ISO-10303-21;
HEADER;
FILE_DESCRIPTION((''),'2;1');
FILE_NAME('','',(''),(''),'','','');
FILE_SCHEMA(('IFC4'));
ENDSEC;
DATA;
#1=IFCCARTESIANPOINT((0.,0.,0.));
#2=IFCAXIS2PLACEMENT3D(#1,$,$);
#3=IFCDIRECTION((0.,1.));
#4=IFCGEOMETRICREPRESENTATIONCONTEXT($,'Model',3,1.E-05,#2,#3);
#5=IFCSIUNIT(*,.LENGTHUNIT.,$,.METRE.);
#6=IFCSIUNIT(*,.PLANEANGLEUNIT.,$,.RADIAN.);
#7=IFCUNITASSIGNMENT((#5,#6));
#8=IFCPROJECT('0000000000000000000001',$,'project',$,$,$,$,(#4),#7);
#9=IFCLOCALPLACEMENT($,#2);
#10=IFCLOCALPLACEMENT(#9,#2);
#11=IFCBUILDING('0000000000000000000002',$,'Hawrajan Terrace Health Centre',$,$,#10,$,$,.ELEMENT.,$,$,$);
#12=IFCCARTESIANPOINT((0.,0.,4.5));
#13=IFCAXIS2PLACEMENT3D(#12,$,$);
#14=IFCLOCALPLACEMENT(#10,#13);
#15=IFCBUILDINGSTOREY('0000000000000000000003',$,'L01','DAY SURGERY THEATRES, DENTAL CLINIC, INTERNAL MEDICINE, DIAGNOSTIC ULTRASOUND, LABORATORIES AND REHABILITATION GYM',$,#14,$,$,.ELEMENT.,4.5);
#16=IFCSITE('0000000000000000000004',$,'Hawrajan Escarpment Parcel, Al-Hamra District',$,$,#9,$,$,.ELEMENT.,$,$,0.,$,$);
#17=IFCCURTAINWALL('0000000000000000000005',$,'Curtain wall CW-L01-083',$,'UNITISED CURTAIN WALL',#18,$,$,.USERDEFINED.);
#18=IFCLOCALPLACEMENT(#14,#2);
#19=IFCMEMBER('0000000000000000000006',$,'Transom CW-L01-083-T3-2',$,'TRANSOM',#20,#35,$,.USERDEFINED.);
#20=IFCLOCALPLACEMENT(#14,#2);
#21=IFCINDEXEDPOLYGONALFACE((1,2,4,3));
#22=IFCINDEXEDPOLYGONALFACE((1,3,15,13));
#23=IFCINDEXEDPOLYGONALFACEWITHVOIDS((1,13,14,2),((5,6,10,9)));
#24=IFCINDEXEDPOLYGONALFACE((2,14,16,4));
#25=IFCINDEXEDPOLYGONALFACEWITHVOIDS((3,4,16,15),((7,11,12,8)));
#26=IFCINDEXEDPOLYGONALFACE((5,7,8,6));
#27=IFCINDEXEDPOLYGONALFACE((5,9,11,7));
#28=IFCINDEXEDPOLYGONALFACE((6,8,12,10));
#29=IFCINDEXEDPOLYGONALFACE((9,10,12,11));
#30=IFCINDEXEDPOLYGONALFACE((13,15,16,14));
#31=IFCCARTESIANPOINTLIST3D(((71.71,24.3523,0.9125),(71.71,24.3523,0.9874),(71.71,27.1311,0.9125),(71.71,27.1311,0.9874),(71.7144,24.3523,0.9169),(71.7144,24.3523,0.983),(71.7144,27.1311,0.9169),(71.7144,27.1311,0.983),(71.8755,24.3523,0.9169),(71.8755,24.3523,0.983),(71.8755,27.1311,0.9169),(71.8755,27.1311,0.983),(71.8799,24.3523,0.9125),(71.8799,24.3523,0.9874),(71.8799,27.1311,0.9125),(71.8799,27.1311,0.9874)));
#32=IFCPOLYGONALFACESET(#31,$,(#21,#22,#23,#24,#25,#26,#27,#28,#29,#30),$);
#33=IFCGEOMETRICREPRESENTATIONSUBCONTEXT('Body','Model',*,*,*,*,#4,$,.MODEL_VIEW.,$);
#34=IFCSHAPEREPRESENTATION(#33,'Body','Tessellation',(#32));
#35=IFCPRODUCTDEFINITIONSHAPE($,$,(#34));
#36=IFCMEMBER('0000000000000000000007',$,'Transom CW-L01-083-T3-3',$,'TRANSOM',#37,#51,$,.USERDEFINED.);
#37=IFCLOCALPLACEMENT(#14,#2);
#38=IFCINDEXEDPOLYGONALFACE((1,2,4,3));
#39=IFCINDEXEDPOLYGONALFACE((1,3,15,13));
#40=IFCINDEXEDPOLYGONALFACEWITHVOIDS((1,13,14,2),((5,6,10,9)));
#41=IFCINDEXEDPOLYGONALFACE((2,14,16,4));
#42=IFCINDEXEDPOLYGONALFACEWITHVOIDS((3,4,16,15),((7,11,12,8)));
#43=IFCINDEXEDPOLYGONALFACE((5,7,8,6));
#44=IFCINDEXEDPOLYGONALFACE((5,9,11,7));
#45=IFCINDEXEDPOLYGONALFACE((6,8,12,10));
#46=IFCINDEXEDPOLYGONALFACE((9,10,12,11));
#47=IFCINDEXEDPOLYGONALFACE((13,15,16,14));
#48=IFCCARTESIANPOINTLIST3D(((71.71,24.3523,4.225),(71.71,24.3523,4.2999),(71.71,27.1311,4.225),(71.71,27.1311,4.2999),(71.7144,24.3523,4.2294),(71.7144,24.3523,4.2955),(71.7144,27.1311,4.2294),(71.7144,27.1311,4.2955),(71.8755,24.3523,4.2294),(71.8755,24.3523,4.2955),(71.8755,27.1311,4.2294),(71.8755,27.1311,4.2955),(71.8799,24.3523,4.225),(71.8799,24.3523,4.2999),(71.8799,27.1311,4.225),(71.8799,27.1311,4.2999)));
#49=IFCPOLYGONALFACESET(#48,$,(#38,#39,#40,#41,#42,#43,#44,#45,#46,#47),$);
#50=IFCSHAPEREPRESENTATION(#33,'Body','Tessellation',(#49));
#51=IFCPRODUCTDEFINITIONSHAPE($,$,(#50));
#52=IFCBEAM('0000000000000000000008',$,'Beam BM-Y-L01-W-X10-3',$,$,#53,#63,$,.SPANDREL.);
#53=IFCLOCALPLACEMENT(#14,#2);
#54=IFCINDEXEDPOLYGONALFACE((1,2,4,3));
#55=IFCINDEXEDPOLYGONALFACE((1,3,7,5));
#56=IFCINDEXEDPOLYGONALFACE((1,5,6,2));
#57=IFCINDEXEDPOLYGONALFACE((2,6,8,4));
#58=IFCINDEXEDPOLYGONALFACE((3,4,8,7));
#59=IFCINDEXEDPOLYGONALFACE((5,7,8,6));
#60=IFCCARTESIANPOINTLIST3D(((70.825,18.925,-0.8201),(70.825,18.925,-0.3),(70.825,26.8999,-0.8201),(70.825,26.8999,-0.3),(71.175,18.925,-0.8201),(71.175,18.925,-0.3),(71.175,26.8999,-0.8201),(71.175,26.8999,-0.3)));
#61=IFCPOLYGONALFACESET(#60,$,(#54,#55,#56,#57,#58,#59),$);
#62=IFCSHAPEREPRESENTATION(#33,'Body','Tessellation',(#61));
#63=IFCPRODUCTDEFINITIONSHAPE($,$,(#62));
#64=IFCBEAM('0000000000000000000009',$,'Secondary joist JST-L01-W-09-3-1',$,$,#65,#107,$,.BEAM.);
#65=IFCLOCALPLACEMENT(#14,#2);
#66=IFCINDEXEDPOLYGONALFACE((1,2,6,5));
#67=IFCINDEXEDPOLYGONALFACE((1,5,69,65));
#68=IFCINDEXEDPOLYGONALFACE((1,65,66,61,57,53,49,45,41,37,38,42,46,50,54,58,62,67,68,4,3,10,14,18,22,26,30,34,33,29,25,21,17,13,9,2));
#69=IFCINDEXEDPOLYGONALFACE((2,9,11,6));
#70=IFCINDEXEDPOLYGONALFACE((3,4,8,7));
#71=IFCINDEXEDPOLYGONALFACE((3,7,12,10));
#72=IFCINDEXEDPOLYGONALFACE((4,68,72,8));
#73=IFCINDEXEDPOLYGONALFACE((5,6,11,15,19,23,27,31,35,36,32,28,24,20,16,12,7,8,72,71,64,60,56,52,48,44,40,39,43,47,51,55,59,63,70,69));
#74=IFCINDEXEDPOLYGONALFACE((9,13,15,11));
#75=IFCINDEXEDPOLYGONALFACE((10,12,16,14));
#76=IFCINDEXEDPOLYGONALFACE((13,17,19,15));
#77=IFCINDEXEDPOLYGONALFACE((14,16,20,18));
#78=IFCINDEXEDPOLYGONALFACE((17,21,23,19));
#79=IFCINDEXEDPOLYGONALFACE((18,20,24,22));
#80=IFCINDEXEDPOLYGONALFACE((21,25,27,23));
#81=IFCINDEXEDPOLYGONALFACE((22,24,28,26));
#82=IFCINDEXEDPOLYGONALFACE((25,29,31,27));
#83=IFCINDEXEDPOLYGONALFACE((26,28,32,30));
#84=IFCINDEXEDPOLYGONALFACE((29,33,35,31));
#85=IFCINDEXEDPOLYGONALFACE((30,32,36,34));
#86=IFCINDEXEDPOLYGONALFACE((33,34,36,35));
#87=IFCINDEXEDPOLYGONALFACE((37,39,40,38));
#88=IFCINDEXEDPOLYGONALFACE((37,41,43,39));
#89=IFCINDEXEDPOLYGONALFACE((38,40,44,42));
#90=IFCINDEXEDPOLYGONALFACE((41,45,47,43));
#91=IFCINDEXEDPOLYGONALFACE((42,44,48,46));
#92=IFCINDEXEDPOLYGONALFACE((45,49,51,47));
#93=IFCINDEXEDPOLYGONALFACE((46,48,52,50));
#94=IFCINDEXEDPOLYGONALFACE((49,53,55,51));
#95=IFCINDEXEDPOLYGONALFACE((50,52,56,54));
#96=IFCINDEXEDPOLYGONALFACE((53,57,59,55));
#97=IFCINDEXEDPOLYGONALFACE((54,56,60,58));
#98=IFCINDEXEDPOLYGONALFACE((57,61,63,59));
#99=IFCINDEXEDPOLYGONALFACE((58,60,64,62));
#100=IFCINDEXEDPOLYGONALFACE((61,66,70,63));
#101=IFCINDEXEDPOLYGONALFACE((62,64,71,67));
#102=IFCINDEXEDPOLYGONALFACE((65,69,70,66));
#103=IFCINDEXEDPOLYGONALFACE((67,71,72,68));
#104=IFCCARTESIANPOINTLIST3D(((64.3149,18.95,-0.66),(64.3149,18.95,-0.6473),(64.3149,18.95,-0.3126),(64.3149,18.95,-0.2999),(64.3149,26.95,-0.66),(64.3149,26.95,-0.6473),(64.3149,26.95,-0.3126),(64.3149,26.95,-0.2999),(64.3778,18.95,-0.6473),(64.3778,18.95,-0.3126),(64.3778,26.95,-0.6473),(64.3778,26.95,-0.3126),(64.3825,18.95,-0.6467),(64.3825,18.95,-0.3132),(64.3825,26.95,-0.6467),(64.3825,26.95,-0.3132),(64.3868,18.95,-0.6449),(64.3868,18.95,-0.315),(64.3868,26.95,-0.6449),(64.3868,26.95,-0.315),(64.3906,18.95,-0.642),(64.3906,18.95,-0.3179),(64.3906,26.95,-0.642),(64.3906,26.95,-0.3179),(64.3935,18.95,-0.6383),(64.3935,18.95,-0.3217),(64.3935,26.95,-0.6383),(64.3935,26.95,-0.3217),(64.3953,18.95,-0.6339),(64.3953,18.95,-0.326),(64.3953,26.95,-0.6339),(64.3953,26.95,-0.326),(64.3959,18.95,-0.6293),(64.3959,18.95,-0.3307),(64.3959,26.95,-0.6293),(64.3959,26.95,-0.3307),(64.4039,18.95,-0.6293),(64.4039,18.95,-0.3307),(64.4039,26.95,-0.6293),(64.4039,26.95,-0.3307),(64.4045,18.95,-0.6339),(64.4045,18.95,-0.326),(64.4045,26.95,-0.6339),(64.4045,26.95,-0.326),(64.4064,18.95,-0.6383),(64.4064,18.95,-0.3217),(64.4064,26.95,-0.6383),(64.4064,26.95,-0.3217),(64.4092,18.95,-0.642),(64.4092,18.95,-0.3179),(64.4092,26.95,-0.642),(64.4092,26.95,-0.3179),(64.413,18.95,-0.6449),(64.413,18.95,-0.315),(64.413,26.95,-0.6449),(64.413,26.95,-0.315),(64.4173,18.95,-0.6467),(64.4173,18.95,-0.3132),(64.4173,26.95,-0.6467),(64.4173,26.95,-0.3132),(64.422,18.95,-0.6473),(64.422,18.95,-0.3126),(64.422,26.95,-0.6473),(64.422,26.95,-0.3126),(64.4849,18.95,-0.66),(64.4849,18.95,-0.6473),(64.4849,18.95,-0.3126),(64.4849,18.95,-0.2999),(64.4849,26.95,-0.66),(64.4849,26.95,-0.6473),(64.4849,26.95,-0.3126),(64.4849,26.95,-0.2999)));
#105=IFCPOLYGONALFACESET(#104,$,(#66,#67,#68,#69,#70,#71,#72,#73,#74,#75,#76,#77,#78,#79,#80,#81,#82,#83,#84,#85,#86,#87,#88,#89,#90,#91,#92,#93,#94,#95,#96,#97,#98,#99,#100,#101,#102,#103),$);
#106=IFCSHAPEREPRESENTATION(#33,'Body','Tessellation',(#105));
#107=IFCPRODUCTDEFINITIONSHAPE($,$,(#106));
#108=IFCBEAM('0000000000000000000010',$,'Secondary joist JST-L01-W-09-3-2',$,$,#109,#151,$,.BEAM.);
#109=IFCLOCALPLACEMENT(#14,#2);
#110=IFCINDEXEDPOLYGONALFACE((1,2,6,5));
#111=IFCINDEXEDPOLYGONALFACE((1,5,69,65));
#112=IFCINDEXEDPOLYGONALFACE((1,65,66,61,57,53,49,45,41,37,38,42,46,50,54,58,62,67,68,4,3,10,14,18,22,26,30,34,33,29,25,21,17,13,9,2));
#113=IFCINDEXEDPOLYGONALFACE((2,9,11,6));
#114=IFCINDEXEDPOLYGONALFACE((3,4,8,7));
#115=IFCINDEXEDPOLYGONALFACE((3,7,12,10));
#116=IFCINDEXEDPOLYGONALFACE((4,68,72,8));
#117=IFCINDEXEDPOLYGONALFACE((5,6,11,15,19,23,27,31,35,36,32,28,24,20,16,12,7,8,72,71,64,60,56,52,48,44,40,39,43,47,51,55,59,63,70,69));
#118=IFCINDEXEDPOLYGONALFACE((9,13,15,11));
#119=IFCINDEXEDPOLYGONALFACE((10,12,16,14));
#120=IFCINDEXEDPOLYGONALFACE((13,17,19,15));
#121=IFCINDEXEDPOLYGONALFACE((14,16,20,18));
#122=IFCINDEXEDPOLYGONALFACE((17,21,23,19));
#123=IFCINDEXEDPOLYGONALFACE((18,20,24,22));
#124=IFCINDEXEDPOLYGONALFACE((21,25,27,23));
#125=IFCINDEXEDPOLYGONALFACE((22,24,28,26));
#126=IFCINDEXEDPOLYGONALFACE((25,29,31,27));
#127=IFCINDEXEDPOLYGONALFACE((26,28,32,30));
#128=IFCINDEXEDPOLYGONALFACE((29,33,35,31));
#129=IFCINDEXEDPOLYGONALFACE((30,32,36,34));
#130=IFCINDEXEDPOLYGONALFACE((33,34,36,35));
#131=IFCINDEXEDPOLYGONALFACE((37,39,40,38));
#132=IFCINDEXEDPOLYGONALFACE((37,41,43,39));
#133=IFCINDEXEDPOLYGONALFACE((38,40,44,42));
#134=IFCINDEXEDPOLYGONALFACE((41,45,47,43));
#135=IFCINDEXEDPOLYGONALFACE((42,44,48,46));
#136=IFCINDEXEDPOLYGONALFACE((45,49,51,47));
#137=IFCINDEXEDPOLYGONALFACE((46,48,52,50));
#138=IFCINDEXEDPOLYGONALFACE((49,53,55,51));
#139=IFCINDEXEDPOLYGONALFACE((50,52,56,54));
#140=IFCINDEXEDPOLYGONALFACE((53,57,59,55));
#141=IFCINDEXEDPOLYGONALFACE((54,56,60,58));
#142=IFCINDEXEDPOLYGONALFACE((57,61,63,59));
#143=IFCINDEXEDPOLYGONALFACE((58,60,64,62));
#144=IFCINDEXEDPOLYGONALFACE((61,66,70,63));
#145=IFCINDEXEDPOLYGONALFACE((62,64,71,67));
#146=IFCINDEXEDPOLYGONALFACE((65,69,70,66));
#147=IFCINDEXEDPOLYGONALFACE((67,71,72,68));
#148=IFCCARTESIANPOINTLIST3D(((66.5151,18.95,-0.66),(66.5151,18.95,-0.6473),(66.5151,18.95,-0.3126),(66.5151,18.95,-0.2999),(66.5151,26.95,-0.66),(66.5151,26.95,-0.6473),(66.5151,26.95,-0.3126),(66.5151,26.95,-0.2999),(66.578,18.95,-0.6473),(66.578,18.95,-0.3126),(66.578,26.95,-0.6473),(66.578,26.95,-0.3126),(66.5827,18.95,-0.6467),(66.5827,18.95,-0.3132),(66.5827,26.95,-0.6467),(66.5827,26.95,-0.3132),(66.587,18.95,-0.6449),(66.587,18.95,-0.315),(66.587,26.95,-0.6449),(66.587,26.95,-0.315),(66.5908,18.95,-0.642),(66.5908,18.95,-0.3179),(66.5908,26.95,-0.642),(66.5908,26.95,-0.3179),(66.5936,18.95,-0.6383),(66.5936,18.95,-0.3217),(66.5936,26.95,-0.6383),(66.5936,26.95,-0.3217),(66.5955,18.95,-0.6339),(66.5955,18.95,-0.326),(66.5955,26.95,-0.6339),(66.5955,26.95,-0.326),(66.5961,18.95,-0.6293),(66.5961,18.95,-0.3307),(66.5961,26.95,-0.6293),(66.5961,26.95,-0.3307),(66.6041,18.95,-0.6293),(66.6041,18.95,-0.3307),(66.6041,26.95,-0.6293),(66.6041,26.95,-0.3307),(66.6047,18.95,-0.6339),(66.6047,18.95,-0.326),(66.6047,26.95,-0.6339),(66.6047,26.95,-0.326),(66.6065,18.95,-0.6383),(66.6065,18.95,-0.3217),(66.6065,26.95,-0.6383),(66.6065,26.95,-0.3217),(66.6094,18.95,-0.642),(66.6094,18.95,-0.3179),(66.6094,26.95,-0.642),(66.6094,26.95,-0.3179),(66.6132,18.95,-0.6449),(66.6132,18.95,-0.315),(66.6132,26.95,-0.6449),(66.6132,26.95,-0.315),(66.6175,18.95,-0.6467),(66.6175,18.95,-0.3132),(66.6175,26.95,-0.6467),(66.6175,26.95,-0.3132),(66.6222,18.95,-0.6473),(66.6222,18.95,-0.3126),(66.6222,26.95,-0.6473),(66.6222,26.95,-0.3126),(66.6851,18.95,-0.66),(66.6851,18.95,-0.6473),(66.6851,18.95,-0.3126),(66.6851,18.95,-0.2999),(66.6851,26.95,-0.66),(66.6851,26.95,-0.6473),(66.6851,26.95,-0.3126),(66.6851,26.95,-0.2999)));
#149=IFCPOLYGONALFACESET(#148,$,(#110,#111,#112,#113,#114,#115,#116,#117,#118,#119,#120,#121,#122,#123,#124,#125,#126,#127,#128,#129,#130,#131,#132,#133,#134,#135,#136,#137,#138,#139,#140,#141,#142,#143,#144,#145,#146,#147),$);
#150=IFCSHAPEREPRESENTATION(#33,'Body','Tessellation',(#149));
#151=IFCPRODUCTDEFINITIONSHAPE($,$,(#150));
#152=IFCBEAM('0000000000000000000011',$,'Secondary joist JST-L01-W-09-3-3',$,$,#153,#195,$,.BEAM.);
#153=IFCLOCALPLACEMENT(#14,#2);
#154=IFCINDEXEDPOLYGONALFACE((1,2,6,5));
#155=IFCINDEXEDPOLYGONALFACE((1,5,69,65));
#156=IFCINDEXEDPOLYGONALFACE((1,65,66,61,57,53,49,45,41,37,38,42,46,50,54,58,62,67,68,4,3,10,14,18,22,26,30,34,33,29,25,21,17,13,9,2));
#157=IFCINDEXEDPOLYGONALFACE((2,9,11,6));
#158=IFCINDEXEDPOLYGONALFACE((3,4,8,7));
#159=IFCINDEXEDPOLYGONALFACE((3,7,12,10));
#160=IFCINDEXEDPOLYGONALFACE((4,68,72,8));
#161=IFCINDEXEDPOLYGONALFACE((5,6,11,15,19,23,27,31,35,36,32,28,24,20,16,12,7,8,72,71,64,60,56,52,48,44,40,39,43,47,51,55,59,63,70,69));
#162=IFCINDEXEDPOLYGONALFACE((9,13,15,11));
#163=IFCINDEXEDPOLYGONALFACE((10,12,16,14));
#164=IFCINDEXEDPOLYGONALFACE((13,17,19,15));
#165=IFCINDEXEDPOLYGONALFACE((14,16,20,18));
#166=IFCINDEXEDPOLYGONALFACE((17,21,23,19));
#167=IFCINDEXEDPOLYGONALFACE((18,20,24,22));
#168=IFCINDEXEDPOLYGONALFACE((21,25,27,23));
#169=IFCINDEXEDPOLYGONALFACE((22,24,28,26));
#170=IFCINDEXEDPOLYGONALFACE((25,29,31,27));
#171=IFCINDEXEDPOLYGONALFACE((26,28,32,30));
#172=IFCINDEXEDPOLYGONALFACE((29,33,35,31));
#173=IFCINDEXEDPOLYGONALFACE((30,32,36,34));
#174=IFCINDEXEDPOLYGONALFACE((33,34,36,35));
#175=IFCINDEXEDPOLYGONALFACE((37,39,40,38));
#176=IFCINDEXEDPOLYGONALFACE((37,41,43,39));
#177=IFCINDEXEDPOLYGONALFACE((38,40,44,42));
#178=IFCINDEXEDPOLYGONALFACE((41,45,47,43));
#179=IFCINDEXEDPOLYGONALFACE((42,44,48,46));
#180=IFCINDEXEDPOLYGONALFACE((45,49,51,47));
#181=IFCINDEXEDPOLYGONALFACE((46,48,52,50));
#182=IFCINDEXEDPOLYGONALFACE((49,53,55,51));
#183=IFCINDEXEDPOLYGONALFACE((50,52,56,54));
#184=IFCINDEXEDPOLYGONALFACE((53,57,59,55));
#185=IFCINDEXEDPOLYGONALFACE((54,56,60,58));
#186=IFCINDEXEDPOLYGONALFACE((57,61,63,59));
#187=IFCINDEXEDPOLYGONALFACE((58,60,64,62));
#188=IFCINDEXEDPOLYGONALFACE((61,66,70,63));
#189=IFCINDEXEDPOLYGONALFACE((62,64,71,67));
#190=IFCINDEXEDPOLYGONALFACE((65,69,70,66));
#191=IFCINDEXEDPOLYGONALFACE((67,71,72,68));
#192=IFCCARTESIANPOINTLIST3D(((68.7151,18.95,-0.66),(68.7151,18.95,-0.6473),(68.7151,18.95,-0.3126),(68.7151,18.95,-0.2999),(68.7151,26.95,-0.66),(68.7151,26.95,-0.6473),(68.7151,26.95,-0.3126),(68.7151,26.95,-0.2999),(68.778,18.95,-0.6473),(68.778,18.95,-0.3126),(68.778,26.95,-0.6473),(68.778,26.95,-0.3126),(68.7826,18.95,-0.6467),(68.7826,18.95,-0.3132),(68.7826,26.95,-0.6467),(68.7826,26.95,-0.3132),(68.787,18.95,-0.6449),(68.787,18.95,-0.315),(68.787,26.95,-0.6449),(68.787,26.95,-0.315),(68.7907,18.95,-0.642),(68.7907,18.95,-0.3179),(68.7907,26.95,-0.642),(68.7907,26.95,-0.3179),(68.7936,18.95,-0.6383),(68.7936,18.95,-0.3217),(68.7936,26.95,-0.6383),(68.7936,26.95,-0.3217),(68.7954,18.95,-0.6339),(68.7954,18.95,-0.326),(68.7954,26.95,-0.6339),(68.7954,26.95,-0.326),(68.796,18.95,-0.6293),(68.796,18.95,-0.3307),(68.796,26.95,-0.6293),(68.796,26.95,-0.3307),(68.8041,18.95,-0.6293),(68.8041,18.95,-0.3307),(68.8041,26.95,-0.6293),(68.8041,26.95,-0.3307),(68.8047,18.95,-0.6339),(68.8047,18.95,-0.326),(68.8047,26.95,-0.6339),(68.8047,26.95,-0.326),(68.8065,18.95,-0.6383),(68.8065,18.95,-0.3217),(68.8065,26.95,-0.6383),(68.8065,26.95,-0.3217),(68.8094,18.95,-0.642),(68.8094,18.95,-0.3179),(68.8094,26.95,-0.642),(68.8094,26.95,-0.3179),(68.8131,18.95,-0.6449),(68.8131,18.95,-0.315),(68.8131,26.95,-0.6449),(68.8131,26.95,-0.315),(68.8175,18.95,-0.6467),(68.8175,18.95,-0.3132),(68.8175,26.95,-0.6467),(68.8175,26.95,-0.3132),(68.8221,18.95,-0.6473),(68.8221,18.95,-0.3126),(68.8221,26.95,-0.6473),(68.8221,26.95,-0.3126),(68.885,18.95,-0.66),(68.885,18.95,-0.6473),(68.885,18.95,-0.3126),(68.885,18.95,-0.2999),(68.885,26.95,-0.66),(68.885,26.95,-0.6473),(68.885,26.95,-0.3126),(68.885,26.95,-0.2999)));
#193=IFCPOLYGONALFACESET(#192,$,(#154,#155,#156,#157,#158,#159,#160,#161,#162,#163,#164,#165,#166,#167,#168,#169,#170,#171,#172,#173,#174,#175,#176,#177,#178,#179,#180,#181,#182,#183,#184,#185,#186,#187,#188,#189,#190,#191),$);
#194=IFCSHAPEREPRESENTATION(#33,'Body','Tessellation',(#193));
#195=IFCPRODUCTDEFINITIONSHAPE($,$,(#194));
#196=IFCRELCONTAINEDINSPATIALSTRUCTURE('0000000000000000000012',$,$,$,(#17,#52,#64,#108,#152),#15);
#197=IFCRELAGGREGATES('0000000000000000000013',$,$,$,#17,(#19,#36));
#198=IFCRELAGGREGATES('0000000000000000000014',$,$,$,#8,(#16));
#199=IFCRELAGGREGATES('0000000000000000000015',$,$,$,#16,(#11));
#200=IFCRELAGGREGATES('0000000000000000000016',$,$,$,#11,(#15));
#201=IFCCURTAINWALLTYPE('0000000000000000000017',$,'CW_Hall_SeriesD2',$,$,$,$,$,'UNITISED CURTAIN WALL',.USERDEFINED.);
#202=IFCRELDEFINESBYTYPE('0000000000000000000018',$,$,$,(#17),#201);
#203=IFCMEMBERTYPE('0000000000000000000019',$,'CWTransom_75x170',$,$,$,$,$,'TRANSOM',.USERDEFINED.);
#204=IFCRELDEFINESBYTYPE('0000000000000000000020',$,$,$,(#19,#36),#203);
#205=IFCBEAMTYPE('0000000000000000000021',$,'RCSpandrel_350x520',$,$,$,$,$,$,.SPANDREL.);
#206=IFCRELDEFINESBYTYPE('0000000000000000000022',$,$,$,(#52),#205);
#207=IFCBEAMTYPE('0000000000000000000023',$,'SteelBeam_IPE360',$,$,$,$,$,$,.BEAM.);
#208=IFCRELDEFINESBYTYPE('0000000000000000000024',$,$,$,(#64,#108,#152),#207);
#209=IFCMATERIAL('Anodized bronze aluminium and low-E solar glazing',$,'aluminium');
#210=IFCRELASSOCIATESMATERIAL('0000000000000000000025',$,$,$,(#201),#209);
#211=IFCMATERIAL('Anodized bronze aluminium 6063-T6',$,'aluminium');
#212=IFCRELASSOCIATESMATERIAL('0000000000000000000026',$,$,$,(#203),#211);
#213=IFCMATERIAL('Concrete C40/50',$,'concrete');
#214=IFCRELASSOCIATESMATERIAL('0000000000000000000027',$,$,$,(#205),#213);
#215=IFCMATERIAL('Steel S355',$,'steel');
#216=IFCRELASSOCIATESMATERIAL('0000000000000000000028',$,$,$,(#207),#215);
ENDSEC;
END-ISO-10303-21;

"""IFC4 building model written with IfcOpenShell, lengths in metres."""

from ifc_helpers import new_model, si_unit, direction, frame, origin, origin_2d, place, context, subcontext, project, spatial, rectangle, hollow_rectangle, i_section, extrude, material, material_profile, profile_set, type_object, element, aggregate, save


model = new_model("IFC4")

# Units and contexts
model_context = context("Model", 3, precision=1e-05, world=origin(), true_north=direction((0.0, 1.0)))
body_context = subcontext(model_context, "Body", "Model", "MODEL_VIEW")
ifc_project = project(units=[si_unit("LENGTHUNIT", "METRE"), si_unit("PLANEANGLEUNIT", "RADIAN")], contexts=[model_context])

# Site, building, storey
site_placement = place(None, origin())
site = spatial("IfcSite", under=ifc_project, at=site_placement, Name="Hawrajan Escarpment Parcel, Al-Hamra District", CompositionType="ELEMENT", RefElevation=0.0)
building_placement = place(site_placement, origin())
building = spatial("IfcBuilding", under=site, at=building_placement, Name="Hawrajan Terrace Health Centre", CompositionType="ELEMENT")
storey_placement = place(building_placement, frame((0.0, 0.0, 4.5)))
storey = spatial("IfcBuildingStorey", under=building, at=storey_placement, Name="L01", Description="DAY SURGERY THEATRES, DENTAL CLINIC, INTERNAL MEDICINE, DIAGNOSTIC ULTRASOUND, LABORATORIES AND REHABILITATION GYM", CompositionType="ELEMENT", Elevation=4.5)

# Curtain wall, members
ifc_material_1 = material(Name="Anodized bronze aluminium and low-E solar glazing", Category="aluminium")
curtain_wall_type = type_object("IfcCurtainWallType", Name="CW_Hall_SeriesD2", ElementType="UNITISED CURTAIN WALL", PredefinedType="USERDEFINED", material=ifc_material_1)
curtain_wall_placement = place(storey_placement, origin())
curtain_wall = element("IfcCurtainWall", 1, at=curtain_wall_placement, inside=storey, type_object=curtain_wall_type, Name="Curtain wall CW-L01-083", ObjectType="UNITISED CURTAIN WALL", PredefinedType="USERDEFINED")
ifc_material_2 = material(Name="Anodized bronze aluminium 6063-T6", Category="aluminium")
ifc_material_profile_1 = material_profile(ifc_material_2, hollow_rectangle(XDim=0.075, YDim=0.1699, WallThickness=0.0044, at=origin_2d()), Name="CW TRN 75x170")
ifc_profile_set_1 = profile_set([ifc_material_profile_1], Name="Anodized bronze aluminium 6063-T6")
member_type_1 = type_object("IfcMemberType", Name="CWTransom_75x170", ElementType="TRANSOM", PredefinedType="USERDEFINED", material=ifc_profile_set_1)
member_1_placement = place(storey_placement, frame((71.7949, 24.3523, 0.95), z_axis=(0.0, 1.0, 0.0), x_axis=(0.0, 0.0, 1.0)))
member_1 = element("IfcMember", 2, at=member_1_placement, type_object=member_type_1, Name="Transom CW-L01-083-T3-2", ObjectType="TRANSOM", PredefinedType="USERDEFINED", context=body_context, shape_type="SweptSolid", body=[
    extrude(hollow_rectangle(XDim=0.075, YDim=0.1699, WallThickness=0.0044, at=origin_2d()), origin(), (0.0, 0.0, 1.0), 2.7788),
])
member_2_placement = place(storey_placement, frame((71.7949, 24.3523, 4.2625), z_axis=(0.0, 1.0, 0.0), x_axis=(0.0, 0.0, 1.0)))
member_2 = element("IfcMember", 3, at=member_2_placement, type_object=member_type_1, Name="Transom CW-L01-083-T3-3", ObjectType="TRANSOM", PredefinedType="USERDEFINED", context=body_context, shape_type="SweptSolid", body=[
    extrude(hollow_rectangle(XDim=0.075, YDim=0.1699, WallThickness=0.0044, at=origin_2d()), origin(), (0.0, 0.0, 1.0), 2.7788),
])

# Beams
ifc_material_3 = material(Name="Concrete C40/50", Category="concrete")
ifc_material_profile_2 = material_profile(ifc_material_3, rectangle(XDim=0.3501, YDim=0.52, at=origin_2d()), Name="RC SP 350x520")
ifc_profile_set_2 = profile_set([ifc_material_profile_2], Name="Concrete C40/50")
beam_type_1 = type_object("IfcBeamType", Name="RCSpandrel_350x520", PredefinedType="SPANDREL", material=ifc_profile_set_2)
beam_placement = place(storey_placement, frame((71.0, 18.925, -0.5601), z_axis=(0.0, 1.0, 0.0), x_axis=(-1.0, 0.0, 0.0)))
element("IfcBeam", 4, at=beam_placement, inside=storey, type_object=beam_type_1, Name="Beam BM-Y-L01-W-X10-3", PredefinedType="SPANDREL", context=body_context, shape_type="SweptSolid", body=[
    extrude(rectangle(XDim=0.3501, YDim=0.52, at=origin_2d()), origin(), (0.0, 0.0, 1.0), 7.9749),
])
ifc_material_4 = material(Name="Steel S355", Category="steel")
ifc_material_profile_3 = material_profile(ifc_material_4, i_section(OverallWidth=0.1699, OverallDepth=0.3601, WebThickness=0.0081, FlangeThickness=0.0127, FilletRadius=0.0181, at=origin_2d()), Name="IPE 360")
ifc_profile_set_3 = profile_set([ifc_material_profile_3], Name="Steel S355")
beam_type_2 = type_object("IfcBeamType", Name="SteelBeam_IPE360", PredefinedType="BEAM", material=ifc_profile_set_3)
for number, where, z_axis, x_axis, name in (
    (5, (64.3999, 18.95, -0.48), (0.0, 1.0, 0.0), (-1.0, 0.0, 0.0), "Secondary joist JST-L01-W-09-3-1"),
    (6, (66.6001, 18.95, -0.48), (0.0, 1.0, 0.0), (-1.0, 0.0, 0.0), "Secondary joist JST-L01-W-09-3-2"),
    (7, (68.8, 18.95, -0.48), (0.0, 1.0, 0.0), (-1.0, 0.0, 0.0), "Secondary joist JST-L01-W-09-3-3"),
):
    element("IfcBeam", number, at=place(storey_placement, frame(where, z_axis=z_axis, x_axis=x_axis)), inside=storey, type_object=beam_type_2, Name=name, PredefinedType="BEAM", context=body_context, shape_type="SweptSolid", body=[
        extrude(i_section(OverallWidth=0.1699, OverallDepth=0.3601, WebThickness=0.0081, FlangeThickness=0.0127, FilletRadius=0.0181, at=origin_2d()), origin(), (0.0, 0.0, 1.0), 8.0),
    ])

aggregate(curtain_wall, [member_1, member_2])

save(model, "model.ifc")
